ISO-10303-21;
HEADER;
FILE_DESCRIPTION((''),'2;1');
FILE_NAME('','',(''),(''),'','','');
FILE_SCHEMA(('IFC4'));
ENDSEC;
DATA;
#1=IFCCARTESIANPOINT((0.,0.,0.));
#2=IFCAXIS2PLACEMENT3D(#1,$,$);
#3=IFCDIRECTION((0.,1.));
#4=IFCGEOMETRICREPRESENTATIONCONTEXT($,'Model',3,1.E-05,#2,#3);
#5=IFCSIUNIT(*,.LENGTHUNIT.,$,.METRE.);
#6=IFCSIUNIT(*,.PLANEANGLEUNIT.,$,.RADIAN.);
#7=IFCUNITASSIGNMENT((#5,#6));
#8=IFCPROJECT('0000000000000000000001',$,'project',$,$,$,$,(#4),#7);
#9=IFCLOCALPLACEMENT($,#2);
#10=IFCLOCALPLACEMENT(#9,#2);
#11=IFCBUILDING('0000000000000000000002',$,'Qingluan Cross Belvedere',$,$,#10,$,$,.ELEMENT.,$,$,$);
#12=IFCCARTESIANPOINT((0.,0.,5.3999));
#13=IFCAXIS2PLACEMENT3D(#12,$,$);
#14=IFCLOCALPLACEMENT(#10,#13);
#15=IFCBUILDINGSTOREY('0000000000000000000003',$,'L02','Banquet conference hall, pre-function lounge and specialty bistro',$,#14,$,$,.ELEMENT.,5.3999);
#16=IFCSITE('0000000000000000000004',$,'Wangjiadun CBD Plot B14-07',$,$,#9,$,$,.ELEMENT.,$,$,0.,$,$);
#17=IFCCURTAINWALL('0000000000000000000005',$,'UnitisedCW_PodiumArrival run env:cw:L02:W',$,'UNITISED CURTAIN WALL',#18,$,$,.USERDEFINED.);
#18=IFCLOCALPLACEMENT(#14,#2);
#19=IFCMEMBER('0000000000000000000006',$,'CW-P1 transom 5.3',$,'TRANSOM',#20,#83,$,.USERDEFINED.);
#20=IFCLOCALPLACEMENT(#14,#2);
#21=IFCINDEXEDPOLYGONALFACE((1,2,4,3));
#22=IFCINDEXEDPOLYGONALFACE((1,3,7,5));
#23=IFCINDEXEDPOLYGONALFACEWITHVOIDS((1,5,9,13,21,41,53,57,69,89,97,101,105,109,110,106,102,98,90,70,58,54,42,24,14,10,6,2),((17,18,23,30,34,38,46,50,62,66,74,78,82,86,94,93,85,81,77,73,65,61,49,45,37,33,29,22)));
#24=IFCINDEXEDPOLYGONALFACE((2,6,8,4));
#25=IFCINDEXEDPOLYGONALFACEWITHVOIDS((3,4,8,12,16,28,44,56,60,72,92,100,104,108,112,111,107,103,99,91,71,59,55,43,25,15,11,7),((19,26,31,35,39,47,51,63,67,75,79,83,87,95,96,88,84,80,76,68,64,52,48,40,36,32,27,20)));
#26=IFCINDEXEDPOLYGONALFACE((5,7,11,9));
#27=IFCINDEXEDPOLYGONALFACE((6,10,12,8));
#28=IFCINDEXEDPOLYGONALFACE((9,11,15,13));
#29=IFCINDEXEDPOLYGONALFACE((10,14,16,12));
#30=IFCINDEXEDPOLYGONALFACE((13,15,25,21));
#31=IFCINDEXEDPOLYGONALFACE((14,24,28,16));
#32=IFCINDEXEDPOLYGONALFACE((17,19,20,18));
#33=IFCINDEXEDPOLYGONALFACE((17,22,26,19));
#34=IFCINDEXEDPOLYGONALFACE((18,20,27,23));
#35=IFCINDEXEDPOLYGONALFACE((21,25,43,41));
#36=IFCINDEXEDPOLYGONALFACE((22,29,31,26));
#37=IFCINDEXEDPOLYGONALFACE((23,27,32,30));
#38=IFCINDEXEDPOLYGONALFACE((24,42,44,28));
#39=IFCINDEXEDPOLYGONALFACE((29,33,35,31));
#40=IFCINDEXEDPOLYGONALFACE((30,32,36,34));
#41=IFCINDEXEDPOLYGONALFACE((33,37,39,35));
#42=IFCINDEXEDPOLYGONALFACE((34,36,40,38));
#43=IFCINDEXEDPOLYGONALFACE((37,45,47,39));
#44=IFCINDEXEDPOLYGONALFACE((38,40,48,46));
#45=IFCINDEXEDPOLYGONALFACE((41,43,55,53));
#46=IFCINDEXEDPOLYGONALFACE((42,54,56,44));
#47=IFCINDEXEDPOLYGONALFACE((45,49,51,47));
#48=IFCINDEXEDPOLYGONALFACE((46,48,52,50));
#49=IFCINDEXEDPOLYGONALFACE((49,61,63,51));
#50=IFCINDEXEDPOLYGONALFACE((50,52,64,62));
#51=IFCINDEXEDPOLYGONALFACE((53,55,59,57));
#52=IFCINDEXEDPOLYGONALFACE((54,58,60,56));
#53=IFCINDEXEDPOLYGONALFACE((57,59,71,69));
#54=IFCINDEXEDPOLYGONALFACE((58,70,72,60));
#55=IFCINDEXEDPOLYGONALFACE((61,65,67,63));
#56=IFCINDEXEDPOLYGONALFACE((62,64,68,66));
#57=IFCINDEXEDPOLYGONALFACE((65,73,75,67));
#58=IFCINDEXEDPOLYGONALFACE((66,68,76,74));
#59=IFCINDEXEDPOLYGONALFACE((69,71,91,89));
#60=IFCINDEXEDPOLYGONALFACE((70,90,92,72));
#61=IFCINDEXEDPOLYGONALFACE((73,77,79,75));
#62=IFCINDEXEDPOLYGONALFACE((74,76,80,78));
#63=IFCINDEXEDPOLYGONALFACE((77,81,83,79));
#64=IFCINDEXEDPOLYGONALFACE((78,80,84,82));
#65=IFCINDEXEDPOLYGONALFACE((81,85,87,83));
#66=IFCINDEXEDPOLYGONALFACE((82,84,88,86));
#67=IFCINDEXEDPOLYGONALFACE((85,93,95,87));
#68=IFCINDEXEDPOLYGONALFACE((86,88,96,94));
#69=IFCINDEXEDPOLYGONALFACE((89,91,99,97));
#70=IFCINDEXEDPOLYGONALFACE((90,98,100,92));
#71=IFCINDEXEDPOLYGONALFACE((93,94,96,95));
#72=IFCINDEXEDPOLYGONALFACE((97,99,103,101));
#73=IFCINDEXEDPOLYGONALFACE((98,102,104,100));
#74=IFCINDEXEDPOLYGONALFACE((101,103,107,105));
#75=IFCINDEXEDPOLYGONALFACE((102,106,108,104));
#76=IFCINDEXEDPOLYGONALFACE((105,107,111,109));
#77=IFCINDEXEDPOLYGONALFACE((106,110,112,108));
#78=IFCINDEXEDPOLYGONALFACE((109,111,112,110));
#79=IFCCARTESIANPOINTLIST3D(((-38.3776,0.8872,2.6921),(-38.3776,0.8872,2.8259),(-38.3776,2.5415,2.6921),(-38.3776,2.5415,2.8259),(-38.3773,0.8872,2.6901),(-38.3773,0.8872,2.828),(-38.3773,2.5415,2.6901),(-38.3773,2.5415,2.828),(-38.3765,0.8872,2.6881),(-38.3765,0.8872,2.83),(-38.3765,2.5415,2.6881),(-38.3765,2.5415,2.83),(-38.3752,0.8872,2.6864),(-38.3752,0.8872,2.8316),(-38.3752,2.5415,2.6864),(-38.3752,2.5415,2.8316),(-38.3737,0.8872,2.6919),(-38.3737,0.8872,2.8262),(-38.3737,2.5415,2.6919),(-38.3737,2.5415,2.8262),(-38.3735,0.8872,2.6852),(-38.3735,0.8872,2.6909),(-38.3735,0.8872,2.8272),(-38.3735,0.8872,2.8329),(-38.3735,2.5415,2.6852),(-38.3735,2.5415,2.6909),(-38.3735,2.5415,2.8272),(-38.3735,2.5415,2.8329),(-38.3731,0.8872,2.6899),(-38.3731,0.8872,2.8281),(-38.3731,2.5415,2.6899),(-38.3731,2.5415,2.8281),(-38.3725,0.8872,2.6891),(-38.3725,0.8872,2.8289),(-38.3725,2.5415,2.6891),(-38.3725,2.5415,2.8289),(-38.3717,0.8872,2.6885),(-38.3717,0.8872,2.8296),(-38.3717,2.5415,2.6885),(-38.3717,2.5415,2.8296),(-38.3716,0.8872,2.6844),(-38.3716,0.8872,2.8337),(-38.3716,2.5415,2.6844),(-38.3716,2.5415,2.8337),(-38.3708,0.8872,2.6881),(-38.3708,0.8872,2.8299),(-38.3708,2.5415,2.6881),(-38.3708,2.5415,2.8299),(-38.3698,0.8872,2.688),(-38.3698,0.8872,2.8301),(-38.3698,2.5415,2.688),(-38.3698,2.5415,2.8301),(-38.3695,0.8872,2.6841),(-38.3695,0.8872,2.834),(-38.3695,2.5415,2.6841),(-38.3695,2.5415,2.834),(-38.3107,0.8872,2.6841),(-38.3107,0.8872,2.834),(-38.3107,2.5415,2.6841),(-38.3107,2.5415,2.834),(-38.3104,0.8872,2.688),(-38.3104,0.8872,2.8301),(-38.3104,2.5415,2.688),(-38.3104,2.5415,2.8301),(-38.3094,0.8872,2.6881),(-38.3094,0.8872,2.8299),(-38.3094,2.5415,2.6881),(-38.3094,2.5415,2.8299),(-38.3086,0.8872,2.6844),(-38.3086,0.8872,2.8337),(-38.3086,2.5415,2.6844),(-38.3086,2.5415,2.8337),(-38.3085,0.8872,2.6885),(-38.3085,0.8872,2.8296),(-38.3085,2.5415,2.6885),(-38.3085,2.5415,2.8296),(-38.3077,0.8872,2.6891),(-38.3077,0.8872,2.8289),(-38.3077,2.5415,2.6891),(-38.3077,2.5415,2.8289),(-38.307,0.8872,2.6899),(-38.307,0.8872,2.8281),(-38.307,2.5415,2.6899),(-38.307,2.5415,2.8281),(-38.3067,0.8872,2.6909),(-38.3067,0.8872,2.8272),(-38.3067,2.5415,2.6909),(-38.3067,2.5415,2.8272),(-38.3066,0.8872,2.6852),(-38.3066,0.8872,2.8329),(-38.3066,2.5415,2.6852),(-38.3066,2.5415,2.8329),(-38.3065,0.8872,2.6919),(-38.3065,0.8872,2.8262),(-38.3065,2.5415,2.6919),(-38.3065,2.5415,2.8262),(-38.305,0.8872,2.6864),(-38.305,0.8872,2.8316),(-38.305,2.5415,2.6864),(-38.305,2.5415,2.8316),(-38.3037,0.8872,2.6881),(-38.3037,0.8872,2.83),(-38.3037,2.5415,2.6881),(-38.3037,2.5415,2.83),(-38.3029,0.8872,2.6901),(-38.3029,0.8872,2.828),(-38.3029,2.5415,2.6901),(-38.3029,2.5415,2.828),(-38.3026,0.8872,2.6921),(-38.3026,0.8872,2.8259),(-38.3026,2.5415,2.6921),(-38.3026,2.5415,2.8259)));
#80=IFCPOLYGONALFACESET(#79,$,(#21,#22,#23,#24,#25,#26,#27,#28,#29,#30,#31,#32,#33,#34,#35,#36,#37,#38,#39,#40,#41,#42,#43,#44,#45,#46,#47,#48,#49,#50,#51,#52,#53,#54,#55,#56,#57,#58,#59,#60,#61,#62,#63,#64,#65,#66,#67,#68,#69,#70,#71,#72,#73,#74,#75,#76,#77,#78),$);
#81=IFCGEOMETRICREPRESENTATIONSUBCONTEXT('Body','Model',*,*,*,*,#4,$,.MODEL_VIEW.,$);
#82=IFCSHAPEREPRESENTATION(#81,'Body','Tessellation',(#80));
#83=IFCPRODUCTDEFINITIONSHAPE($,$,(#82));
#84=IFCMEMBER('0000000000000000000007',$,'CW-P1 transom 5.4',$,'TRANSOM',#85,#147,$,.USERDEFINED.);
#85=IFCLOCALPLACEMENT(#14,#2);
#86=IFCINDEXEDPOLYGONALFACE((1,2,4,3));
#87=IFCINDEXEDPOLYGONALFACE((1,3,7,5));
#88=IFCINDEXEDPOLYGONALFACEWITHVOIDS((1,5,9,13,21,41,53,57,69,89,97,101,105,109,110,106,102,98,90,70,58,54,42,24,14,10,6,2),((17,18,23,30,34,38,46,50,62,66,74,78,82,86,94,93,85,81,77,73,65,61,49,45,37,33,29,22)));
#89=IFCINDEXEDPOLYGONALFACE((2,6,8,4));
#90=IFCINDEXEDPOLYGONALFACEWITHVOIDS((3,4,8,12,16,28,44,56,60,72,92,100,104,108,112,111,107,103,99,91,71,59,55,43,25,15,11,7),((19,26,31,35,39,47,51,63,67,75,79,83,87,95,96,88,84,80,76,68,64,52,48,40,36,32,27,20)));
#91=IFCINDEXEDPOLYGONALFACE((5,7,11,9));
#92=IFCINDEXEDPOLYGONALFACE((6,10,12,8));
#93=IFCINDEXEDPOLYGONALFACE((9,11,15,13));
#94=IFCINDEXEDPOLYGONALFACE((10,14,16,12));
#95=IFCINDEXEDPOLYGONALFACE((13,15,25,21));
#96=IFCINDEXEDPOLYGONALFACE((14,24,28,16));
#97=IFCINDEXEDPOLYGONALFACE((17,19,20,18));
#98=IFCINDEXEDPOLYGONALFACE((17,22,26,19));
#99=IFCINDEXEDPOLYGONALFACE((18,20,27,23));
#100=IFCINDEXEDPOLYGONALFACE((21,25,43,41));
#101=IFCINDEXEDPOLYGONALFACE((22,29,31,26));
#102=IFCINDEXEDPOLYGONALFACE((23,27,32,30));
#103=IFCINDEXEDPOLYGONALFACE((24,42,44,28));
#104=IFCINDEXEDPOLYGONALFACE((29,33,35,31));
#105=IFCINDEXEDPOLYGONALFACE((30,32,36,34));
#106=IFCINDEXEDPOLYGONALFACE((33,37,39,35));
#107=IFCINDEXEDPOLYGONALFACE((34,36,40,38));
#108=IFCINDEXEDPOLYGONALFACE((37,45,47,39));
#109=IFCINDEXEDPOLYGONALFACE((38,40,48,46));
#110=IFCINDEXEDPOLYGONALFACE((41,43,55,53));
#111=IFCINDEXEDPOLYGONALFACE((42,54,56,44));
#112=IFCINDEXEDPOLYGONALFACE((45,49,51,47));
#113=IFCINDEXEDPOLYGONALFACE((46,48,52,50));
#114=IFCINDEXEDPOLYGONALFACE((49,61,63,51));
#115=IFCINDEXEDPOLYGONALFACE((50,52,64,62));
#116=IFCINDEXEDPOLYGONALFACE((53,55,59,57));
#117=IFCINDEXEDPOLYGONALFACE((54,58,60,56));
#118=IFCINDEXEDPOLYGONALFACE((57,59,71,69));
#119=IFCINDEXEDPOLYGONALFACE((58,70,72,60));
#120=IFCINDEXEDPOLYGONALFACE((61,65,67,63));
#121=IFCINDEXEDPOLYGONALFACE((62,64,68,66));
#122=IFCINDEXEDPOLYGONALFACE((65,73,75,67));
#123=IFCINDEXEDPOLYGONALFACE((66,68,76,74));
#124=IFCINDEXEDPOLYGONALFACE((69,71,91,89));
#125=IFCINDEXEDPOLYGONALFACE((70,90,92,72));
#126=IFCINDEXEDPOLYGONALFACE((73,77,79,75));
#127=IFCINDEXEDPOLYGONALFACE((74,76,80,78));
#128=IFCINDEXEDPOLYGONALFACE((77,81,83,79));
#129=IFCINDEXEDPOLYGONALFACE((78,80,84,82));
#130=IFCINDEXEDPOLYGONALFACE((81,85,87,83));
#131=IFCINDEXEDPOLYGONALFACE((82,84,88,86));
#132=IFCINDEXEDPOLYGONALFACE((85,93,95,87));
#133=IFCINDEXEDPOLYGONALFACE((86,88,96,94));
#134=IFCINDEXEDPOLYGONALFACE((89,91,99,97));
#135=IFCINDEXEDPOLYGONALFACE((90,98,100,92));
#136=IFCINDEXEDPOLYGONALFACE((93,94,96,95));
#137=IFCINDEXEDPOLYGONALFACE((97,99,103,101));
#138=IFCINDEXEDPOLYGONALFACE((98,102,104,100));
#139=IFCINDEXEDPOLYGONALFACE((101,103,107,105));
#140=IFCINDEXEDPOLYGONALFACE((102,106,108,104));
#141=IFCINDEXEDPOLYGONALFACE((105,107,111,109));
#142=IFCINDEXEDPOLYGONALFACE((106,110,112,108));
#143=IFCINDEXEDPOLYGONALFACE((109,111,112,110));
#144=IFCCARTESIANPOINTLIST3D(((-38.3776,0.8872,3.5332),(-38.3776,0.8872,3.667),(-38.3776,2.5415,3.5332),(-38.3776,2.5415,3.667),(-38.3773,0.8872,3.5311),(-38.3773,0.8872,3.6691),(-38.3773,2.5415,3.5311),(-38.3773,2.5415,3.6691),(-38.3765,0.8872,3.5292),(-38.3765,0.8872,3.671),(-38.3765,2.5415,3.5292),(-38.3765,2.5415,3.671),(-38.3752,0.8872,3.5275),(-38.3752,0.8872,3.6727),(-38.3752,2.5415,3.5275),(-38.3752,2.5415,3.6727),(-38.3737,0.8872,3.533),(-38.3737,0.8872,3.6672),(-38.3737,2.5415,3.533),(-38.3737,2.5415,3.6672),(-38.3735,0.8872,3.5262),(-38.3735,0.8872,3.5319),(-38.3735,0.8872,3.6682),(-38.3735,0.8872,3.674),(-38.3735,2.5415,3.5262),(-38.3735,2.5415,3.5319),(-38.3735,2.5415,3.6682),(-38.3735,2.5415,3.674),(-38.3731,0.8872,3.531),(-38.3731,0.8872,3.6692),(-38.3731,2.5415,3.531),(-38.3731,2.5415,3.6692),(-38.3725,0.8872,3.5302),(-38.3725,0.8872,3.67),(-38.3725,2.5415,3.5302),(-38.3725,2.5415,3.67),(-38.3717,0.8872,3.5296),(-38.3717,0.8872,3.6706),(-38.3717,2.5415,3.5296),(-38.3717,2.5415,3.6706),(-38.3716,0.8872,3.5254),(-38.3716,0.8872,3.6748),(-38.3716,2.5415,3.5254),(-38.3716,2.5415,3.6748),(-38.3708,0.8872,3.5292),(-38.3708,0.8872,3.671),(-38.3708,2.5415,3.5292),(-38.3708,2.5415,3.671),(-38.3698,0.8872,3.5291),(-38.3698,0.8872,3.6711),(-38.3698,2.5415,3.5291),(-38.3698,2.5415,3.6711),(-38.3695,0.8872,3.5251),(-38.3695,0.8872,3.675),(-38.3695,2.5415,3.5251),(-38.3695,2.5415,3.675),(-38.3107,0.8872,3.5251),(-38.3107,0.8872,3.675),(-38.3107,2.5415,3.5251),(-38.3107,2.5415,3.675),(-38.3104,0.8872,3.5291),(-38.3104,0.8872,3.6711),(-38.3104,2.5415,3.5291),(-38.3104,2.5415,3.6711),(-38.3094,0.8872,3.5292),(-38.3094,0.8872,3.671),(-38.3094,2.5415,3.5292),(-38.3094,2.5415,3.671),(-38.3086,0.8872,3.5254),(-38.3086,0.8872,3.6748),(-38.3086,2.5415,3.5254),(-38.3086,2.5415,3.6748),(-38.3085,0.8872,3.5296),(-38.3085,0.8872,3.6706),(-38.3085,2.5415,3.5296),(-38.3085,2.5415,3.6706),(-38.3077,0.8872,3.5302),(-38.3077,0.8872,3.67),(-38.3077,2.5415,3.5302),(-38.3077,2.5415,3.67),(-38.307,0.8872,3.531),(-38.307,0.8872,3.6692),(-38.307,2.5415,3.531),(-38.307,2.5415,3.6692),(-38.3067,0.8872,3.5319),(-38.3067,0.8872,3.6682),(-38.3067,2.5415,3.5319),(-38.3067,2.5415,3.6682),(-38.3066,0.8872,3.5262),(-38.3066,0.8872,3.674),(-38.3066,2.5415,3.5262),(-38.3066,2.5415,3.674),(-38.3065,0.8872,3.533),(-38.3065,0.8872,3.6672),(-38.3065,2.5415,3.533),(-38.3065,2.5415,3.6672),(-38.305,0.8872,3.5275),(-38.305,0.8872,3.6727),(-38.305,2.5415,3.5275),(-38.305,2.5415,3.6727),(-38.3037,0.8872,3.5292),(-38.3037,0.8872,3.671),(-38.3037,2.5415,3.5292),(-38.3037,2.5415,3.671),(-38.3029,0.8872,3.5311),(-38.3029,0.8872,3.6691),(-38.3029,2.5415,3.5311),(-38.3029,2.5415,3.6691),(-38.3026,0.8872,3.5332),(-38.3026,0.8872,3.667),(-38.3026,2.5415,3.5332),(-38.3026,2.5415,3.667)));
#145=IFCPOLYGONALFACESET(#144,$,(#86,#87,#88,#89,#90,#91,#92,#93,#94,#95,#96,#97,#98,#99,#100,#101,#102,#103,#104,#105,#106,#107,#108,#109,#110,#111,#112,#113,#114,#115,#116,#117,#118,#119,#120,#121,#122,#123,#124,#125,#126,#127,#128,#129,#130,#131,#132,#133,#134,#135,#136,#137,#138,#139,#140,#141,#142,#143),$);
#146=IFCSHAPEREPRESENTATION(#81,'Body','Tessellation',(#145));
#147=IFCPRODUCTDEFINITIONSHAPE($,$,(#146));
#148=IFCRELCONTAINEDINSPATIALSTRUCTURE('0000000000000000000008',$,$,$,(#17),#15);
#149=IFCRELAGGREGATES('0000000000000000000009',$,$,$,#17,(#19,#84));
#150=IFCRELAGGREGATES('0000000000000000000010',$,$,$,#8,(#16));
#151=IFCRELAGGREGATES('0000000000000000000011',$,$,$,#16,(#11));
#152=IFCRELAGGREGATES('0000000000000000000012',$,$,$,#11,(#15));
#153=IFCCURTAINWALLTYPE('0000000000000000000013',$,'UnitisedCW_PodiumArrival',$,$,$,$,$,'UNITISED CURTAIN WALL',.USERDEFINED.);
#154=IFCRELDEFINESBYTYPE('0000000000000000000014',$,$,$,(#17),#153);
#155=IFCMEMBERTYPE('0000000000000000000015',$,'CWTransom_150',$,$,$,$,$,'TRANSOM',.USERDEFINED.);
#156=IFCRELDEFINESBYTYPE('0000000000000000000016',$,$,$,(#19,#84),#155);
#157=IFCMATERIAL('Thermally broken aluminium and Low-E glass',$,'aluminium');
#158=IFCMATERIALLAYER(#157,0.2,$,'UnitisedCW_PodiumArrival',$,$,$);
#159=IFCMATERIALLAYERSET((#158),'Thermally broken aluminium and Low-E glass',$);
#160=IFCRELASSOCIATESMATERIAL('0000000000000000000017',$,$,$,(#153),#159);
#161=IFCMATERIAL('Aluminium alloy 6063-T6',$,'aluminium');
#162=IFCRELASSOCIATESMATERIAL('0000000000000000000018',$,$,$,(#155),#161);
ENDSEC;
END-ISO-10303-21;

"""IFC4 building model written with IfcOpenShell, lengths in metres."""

from ifc_helpers import new_model, si_unit, direction, frame, origin, origin_2d, place, context, subcontext, project, spatial, hollow_rectangle, extrude, material, layer, layer_set, material_profile, profile_set, type_object, element, aggregate, save


model = new_model("IFC4")

# Units and contexts
model_context = context("Model", 3, precision=1e-05, world=origin(), true_north=direction((0.0, 1.0)))
body_context = subcontext(model_context, "Body", "Model", "MODEL_VIEW")
ifc_project = project(units=[si_unit("LENGTHUNIT", "METRE"), si_unit("PLANEANGLEUNIT", "RADIAN")], contexts=[model_context])

# Site, building, storey
site_placement = place(None, origin())
site = spatial("IfcSite", under=ifc_project, at=site_placement, Name="Wangjiadun CBD Plot B14-07", CompositionType="ELEMENT", RefElevation=0.0)
building_placement = place(site_placement, origin())
building = spatial("IfcBuilding", under=site, at=building_placement, Name="Qingluan Cross Belvedere", CompositionType="ELEMENT")
storey_placement = place(building_placement, frame((0.0, 0.0, 5.3999)))
storey = spatial("IfcBuildingStorey", under=building, at=storey_placement, Name="L02", Description="Banquet conference hall, pre-function lounge and specialty bistro", CompositionType="ELEMENT", Elevation=5.3999)

# Curtain wall, members
ifc_material_1 = material(Name="Thermally broken aluminium and Low-E glass", Category="aluminium")
ifc_layer_1 = layer(ifc_material_1, 0.2, Name="UnitisedCW_PodiumArrival")
ifc_layer_set_1 = layer_set([ifc_layer_1], Name="Thermally broken aluminium and Low-E glass")
curtain_wall_type = type_object("IfcCurtainWallType", Name="UnitisedCW_PodiumArrival", ElementType="UNITISED CURTAIN WALL", PredefinedType="USERDEFINED", material=ifc_layer_set_1)
curtain_wall_placement = place(storey_placement, origin())
curtain_wall = element("IfcCurtainWall", 1, at=curtain_wall_placement, inside=storey, type_object=curtain_wall_type, Name="UnitisedCW_PodiumArrival run env:cw:L02:W", ObjectType="UNITISED CURTAIN WALL", PredefinedType="USERDEFINED")
ifc_material_2 = material(Name="Aluminium alloy 6063-T6", Category="aluminium")
ifc_material_profile_1 = material_profile(ifc_material_2, hollow_rectangle(XDim=0.075, YDim=0.1499, WallThickness=0.0039, InnerFilletRadius=0.0039, OuterFilletRadius=0.0081, at=origin_2d()), Name="CWT150x75x4")
ifc_profile_set_1 = profile_set([ifc_material_profile_1], Name="Aluminium alloy 6063-T6")
member_type_1 = type_object("IfcMemberType", Name="CWTransom_150", ElementType="TRANSOM", PredefinedType="USERDEFINED", material=ifc_profile_set_1)
member_1_placement = place(storey_placement, frame((-38.3401, 0.8872, 2.759), z_axis=(0.0, 1.0, 0.0), x_axis=(-1.0, 0.0, 0.0)))
member_1 = element("IfcMember", 2, at=member_1_placement, type_object=member_type_1, Name="CW-P1 transom 5.3", ObjectType="TRANSOM", PredefinedType="USERDEFINED", context=body_context, shape_type="SweptSolid", body=[
    extrude(hollow_rectangle(XDim=0.075, YDim=0.1499, WallThickness=0.0039, InnerFilletRadius=0.0039, OuterFilletRadius=0.0081, at=origin_2d()), origin(), (0.0, 0.0, 1.0), 1.6543),
])
member_2_placement = place(storey_placement, frame((-38.3401, 0.8872, 3.6001), z_axis=(0.0, 1.0, 0.0), x_axis=(-1.0, 0.0, 0.0)))
member_2 = element("IfcMember", 3, at=member_2_placement, type_object=member_type_1, Name="CW-P1 transom 5.4", ObjectType="TRANSOM", PredefinedType="USERDEFINED", context=body_context, shape_type="SweptSolid", body=[
    extrude(hollow_rectangle(XDim=0.075, YDim=0.1499, WallThickness=0.0039, InnerFilletRadius=0.0039, OuterFilletRadius=0.0081, at=origin_2d()), origin(), (0.0, 0.0, 1.0), 1.6543),
])
aggregate(curtain_wall, [member_1, member_2])

save(model, "model.ifc")
